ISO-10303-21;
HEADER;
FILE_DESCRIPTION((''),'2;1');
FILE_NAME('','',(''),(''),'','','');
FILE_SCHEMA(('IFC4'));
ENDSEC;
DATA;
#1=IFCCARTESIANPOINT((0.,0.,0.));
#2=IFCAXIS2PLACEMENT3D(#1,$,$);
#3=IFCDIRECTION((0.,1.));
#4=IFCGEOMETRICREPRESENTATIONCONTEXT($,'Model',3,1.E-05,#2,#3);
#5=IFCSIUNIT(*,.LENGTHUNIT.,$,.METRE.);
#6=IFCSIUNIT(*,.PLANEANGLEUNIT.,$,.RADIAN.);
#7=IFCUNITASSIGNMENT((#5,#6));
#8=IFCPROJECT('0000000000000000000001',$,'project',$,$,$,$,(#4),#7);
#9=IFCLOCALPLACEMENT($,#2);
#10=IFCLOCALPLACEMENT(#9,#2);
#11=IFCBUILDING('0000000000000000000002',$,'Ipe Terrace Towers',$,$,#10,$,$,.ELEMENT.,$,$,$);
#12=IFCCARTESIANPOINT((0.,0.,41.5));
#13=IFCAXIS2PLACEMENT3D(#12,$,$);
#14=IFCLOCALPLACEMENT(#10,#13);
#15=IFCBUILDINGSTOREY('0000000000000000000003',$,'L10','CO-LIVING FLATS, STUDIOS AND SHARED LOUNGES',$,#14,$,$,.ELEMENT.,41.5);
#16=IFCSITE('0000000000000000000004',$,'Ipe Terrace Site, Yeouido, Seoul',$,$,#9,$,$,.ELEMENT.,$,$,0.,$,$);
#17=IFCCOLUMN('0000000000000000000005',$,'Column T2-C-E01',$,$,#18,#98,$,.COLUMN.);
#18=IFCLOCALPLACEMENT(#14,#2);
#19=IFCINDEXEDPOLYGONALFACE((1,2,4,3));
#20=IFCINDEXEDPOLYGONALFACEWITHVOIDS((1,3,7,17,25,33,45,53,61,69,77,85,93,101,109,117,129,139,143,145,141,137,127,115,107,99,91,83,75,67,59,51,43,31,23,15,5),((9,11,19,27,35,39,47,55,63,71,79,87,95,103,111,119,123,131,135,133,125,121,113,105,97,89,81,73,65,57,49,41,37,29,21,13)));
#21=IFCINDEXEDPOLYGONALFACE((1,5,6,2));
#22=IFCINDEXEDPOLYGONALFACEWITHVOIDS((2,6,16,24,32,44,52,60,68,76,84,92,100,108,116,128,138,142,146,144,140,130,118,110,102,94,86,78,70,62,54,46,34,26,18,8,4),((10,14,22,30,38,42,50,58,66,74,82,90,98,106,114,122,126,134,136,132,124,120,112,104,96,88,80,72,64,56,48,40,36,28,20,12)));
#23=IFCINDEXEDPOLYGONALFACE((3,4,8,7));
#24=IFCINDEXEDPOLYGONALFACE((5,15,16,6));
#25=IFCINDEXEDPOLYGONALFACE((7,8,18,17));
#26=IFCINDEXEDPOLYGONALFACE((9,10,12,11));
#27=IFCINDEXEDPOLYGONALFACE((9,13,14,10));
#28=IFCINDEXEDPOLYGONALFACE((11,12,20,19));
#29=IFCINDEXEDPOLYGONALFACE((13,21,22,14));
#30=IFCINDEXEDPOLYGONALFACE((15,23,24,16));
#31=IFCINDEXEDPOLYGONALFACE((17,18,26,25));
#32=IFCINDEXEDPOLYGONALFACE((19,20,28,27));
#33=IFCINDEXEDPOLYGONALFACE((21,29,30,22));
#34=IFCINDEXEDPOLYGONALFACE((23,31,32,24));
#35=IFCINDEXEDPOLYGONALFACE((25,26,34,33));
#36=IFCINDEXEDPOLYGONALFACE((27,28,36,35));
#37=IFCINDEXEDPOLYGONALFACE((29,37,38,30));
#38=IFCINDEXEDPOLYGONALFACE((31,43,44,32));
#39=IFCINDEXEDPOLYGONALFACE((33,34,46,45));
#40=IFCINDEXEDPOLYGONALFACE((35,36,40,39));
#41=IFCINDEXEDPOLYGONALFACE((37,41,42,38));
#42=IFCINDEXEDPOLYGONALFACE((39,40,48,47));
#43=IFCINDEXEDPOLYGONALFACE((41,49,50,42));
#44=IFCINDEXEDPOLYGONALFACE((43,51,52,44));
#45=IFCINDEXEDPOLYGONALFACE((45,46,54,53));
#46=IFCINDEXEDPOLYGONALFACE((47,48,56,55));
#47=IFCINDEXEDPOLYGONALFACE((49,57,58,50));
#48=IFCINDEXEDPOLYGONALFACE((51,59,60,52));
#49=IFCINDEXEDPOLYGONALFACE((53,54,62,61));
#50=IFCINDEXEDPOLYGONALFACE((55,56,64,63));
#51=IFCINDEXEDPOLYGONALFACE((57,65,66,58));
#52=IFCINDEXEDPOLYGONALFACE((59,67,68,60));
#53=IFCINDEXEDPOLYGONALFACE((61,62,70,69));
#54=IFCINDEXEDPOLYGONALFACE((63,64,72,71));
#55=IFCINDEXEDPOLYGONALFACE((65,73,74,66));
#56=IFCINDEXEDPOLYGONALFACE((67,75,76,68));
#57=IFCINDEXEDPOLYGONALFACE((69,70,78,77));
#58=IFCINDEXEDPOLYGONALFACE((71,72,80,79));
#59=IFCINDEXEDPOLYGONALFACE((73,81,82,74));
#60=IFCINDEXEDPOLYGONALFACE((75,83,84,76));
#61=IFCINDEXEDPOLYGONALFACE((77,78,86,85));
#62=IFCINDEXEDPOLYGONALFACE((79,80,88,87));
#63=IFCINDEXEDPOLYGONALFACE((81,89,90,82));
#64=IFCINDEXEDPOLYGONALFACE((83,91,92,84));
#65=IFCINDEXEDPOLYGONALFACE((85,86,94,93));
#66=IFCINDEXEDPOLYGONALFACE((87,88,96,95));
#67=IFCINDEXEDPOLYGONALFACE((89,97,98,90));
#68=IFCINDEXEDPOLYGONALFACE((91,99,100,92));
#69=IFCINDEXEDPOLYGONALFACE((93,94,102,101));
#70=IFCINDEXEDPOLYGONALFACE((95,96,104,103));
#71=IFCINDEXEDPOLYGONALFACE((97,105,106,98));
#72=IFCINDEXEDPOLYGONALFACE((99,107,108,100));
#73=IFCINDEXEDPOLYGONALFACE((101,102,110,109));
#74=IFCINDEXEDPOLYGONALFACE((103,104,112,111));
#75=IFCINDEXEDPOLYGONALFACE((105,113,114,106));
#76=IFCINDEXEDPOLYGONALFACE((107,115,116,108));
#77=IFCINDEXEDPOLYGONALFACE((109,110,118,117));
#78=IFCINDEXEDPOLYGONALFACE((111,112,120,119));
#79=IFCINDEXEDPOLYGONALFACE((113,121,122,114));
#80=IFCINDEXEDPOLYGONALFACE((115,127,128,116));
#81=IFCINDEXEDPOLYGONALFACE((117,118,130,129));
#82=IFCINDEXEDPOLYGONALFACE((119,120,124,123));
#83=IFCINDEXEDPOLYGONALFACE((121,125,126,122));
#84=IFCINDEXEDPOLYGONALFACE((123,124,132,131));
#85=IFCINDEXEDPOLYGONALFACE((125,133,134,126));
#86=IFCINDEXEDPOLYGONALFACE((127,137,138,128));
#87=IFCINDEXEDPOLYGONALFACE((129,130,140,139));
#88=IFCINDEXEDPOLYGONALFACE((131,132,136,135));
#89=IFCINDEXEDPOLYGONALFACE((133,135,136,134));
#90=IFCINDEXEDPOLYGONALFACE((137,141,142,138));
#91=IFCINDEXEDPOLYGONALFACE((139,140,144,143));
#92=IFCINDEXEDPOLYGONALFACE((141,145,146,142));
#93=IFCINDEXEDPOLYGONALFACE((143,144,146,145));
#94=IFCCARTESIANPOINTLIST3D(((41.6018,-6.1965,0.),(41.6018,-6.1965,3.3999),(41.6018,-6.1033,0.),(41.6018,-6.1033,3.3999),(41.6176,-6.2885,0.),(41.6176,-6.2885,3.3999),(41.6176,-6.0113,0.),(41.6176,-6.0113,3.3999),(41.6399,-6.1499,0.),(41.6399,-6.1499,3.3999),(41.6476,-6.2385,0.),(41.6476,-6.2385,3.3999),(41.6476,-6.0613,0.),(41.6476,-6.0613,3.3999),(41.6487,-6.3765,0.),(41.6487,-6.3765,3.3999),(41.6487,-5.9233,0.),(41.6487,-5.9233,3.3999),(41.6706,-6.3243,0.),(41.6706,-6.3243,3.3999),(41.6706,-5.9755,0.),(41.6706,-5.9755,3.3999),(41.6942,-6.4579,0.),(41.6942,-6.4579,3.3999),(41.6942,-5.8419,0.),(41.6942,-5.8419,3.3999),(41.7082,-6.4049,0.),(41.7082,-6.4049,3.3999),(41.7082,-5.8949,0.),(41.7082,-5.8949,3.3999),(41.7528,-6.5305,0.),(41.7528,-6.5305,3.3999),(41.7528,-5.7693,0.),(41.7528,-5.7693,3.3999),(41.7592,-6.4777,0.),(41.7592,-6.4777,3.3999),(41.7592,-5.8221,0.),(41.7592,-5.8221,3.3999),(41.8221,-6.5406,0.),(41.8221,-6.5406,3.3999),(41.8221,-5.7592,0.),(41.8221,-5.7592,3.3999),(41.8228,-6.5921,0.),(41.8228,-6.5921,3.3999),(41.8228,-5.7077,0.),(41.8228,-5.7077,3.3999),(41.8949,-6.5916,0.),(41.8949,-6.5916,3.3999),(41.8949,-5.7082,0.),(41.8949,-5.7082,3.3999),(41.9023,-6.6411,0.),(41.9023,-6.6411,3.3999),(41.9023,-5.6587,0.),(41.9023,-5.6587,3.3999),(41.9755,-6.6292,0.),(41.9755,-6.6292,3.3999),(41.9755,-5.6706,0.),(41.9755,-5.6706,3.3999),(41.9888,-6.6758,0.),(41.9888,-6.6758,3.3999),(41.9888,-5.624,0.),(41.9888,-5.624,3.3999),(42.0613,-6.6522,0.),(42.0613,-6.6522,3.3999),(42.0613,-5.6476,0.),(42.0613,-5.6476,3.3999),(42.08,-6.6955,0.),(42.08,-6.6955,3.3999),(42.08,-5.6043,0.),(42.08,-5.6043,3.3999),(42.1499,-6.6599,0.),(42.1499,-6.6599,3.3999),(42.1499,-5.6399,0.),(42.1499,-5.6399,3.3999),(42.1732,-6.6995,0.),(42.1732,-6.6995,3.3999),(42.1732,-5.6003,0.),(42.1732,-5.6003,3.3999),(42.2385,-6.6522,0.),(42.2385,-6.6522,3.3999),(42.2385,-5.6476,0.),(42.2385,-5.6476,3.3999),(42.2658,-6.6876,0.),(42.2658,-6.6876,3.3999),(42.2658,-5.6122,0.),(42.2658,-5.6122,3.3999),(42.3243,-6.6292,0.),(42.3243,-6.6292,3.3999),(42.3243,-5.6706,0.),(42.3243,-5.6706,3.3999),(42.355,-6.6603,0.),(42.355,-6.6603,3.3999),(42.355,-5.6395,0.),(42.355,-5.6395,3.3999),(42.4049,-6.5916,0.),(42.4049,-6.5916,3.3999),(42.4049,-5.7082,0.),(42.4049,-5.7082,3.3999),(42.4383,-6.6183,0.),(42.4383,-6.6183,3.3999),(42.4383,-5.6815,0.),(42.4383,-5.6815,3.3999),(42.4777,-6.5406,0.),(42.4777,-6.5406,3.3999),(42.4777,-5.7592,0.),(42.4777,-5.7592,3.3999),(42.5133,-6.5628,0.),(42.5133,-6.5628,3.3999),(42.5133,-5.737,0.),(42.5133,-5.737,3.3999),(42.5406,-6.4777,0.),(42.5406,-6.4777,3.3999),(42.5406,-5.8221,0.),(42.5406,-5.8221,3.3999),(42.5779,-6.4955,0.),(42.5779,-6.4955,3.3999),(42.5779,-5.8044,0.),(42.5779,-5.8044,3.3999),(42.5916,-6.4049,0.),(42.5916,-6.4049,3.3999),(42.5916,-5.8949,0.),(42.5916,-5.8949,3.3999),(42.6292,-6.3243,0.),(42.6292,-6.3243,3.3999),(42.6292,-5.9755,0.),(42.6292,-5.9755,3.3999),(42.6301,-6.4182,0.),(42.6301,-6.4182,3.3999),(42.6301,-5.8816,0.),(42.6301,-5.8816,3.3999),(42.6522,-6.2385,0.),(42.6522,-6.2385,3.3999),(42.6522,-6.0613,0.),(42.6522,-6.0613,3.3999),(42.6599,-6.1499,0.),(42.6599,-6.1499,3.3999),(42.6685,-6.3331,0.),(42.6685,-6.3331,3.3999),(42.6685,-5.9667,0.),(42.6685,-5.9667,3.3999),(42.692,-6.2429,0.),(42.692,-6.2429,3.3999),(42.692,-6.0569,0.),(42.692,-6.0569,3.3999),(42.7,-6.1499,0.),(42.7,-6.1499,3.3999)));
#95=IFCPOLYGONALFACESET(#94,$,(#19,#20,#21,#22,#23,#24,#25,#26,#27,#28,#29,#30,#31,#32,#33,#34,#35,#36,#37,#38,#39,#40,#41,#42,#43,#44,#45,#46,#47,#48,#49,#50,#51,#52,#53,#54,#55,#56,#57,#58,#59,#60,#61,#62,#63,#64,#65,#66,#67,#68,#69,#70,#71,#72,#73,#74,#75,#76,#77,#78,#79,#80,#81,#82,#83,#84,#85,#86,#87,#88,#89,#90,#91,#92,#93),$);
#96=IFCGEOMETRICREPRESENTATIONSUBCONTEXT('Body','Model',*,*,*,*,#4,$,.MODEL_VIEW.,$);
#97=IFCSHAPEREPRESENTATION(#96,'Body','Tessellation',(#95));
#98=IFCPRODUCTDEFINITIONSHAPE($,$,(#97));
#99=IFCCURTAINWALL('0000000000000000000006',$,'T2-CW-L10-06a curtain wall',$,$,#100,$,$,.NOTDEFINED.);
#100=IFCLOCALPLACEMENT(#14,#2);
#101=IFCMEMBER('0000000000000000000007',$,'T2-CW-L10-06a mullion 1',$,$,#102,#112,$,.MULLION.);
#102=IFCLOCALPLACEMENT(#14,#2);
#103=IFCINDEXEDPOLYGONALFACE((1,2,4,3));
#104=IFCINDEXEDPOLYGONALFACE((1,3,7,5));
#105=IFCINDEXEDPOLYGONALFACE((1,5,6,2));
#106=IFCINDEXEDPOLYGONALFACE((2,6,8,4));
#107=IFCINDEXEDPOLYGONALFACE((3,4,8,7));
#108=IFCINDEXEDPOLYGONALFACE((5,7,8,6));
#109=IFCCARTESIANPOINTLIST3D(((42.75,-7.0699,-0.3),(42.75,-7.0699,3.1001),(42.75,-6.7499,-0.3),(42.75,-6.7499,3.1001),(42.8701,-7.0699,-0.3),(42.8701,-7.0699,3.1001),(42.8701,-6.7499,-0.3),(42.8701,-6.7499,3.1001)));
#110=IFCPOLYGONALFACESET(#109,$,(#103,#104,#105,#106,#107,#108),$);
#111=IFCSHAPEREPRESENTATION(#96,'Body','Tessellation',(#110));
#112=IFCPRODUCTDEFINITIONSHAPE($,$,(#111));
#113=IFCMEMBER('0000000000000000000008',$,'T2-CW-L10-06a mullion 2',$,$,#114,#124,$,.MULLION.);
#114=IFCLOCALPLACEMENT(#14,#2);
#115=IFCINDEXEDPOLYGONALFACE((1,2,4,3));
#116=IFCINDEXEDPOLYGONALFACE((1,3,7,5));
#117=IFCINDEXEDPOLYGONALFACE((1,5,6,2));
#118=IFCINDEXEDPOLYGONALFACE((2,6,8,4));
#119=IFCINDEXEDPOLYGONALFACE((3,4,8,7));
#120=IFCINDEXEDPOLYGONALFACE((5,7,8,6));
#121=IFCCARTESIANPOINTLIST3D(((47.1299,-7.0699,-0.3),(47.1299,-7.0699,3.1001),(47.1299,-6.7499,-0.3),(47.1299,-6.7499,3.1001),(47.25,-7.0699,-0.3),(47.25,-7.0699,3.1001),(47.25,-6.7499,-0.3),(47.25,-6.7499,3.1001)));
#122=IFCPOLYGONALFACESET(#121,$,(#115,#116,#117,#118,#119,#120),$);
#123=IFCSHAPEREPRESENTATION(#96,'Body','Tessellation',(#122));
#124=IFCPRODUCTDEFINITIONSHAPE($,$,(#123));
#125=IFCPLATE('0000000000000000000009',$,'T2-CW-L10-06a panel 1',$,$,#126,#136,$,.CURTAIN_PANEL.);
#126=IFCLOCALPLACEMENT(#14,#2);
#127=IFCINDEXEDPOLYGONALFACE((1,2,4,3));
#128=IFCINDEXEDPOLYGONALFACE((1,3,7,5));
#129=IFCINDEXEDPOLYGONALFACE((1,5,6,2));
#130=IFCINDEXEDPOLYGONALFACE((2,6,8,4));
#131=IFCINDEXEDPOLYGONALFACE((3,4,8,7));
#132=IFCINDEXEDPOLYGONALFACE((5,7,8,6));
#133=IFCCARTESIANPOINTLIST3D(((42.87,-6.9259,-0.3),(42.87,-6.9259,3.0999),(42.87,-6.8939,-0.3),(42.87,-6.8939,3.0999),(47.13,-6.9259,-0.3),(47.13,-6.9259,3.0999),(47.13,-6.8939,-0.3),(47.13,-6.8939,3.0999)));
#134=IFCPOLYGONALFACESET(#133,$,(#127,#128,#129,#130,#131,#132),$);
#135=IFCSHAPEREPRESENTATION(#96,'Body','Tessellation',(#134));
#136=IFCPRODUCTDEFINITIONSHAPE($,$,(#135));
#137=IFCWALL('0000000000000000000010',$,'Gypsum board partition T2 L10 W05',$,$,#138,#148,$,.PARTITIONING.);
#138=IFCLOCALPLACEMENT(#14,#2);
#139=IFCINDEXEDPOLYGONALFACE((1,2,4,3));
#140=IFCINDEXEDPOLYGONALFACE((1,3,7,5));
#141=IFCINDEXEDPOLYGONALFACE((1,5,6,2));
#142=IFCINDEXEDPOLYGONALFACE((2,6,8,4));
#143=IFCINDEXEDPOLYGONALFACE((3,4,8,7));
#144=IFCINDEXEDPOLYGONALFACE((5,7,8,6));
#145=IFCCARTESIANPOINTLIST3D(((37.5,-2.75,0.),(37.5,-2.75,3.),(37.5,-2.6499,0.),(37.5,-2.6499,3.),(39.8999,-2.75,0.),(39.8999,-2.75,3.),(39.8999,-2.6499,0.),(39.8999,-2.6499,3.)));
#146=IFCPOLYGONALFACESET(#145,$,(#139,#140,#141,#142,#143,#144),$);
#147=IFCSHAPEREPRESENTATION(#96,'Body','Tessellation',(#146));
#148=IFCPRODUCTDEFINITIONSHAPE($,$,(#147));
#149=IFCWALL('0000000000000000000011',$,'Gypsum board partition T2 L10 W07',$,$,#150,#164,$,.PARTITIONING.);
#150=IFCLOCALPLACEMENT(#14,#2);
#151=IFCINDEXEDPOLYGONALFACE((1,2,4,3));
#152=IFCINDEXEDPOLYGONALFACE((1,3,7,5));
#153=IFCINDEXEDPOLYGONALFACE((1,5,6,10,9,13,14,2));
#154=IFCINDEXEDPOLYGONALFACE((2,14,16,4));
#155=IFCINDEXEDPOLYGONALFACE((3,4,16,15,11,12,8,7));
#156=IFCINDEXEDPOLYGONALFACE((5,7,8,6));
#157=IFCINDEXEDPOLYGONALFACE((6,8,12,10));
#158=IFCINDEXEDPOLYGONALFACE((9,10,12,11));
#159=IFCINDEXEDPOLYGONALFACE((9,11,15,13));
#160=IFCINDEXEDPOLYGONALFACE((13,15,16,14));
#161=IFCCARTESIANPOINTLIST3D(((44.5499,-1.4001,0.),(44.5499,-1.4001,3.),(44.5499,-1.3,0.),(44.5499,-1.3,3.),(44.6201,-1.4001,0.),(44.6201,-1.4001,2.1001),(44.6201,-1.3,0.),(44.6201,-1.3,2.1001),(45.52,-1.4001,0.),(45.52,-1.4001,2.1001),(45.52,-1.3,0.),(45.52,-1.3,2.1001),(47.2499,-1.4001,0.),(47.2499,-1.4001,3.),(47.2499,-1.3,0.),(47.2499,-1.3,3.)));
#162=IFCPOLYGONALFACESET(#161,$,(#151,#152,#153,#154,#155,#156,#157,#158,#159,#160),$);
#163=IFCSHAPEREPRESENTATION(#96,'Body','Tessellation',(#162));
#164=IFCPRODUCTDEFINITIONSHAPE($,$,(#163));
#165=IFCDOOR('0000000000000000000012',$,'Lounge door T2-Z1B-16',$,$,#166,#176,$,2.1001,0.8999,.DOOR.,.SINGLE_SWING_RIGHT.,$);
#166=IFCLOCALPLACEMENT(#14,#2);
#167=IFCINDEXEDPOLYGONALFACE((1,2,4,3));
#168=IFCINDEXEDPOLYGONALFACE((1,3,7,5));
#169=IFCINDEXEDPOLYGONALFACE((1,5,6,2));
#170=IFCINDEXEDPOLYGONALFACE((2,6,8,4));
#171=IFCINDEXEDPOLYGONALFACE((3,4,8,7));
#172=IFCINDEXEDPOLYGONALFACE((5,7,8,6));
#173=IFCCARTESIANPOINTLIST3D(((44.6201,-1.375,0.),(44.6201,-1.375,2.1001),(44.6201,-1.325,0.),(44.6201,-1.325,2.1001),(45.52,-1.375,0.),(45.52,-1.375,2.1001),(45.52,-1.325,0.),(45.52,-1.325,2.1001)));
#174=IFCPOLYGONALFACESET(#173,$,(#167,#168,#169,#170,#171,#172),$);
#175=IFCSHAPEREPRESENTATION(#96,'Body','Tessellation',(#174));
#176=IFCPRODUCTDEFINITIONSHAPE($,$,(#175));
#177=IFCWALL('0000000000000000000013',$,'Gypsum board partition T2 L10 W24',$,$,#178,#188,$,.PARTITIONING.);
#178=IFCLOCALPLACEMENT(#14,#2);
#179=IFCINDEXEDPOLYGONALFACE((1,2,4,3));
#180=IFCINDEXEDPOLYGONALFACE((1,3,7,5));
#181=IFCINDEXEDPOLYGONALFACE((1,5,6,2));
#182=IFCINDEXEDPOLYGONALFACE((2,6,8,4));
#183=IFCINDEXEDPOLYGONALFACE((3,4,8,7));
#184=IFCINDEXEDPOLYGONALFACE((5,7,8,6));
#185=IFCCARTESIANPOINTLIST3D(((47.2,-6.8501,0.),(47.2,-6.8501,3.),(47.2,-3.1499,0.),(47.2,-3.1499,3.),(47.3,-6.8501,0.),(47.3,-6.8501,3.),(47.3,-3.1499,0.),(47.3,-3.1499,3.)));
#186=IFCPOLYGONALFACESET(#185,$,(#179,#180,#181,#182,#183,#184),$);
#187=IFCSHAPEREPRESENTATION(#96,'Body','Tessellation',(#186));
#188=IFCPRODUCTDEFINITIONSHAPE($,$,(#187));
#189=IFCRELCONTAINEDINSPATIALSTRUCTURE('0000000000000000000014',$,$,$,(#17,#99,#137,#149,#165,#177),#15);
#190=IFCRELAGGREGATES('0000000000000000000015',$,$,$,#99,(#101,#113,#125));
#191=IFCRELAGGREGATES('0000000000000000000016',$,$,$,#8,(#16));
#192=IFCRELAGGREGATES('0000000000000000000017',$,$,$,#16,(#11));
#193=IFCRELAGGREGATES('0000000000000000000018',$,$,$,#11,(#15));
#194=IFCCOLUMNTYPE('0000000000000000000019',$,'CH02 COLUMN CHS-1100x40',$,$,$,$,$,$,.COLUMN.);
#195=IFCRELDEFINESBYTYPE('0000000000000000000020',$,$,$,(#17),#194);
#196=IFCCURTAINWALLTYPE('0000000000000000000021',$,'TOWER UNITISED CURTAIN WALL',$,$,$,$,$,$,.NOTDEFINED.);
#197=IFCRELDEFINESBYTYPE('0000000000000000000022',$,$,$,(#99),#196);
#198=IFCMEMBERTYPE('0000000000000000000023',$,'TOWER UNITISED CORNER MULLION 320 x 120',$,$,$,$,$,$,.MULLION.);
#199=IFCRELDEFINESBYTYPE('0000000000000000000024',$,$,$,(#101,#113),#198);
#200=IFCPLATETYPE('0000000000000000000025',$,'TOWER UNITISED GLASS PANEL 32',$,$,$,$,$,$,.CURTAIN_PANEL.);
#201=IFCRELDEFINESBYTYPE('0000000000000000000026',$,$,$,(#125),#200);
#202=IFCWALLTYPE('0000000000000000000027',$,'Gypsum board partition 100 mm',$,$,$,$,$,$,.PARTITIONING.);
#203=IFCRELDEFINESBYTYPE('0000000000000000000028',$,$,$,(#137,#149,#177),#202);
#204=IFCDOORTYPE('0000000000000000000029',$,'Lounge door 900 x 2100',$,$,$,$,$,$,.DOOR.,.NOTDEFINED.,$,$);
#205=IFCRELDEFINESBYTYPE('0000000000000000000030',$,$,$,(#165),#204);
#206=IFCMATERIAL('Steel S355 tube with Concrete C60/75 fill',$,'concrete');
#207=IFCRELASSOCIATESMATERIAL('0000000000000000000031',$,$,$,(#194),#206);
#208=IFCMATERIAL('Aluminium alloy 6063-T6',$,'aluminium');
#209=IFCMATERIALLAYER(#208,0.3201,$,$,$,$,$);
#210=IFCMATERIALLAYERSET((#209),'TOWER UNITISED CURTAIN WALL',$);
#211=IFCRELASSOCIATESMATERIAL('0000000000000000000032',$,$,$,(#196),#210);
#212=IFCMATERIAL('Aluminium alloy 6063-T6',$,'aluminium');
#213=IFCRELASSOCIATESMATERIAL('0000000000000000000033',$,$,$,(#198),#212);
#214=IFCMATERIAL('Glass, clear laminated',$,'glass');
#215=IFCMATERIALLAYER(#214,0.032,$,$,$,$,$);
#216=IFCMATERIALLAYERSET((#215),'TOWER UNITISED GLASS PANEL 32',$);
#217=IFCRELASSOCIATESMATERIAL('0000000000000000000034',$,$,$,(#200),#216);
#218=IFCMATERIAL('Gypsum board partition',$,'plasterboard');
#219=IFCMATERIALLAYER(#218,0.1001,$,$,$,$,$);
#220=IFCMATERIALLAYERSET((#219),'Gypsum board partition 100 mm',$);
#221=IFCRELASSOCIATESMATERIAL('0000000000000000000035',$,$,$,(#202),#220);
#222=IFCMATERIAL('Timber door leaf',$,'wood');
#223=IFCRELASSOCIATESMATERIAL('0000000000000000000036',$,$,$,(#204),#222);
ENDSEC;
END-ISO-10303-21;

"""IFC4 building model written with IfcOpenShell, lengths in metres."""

from ifc_helpers import new_model, si_unit, direction, frame, frame_2d, origin, origin_2d, place, context, subcontext, project, spatial, rectangle, hollow_circle, extrude, material, layer, layer_set, material_profile, profile_set, type_object, element, fill, aggregate, save


model = new_model("IFC4")

# Units and contexts
model_context = context("Model", 3, precision=1e-05, world=origin(), true_north=direction((0.0, 1.0)))
body_context = subcontext(model_context, "Body", "Model", "MODEL_VIEW")
ifc_project = project(units=[si_unit("LENGTHUNIT", "METRE"), si_unit("PLANEANGLEUNIT", "RADIAN")], contexts=[model_context])

# Site, building, storey
site_placement = place(None, origin())
site = spatial("IfcSite", under=ifc_project, at=site_placement, Name="Ipe Terrace Site, Yeouido, Seoul", CompositionType="ELEMENT", RefElevation=0.0)
building_placement = place(site_placement, origin())
building = spatial("IfcBuilding", under=site, at=building_placement, Name="Ipe Terrace Towers", CompositionType="ELEMENT")
storey_placement = place(building_placement, frame((0.0, 0.0, 41.5)))
storey = spatial("IfcBuildingStorey", under=building, at=storey_placement, Name="L10", Description="CO-LIVING FLATS, STUDIOS AND SHARED LOUNGES", CompositionType="ELEMENT", Elevation=41.5)

# Column
ifc_material_1 = material(Name="Steel S355 tube with Concrete C60/75 fill", Category="concrete")
ifc_material_profile_1 = material_profile(ifc_material_1, hollow_circle(Radius=0.55, WallThickness=0.04, at=origin_2d()), Name="CHS-1100x40")
ifc_profile_set_1 = profile_set([ifc_material_profile_1], Name="Steel S355 tube with Concrete C60/75 fill")
column_type = type_object("IfcColumnType", Name="CH02 COLUMN CHS-1100x40", PredefinedType="COLUMN", material=ifc_profile_set_1)
column_placement = place(storey_placement, frame((42.1499, -6.1499, 0.0), z_axis=(0.0, 0.0, 1.0), x_axis=(1.0, 0.0, 0.0)))
element("IfcColumn", 1, at=column_placement, inside=storey, type_object=column_type, Name="Column T2-C-E01", PredefinedType="COLUMN", context=body_context, shape_type="SweptSolid", body=[
    extrude(hollow_circle(Radius=0.55, WallThickness=0.04, at=origin_2d()), origin(), (0.0, 0.0, 1.0), 3.3999),
])

# Curtain wall, members, plate
ifc_material_2 = material(Name="Aluminium alloy 6063-T6", Category="aluminium")
ifc_layer_1 = layer(ifc_material_2, 0.3201)
ifc_layer_set_1 = layer_set([ifc_layer_1], Name="TOWER UNITISED CURTAIN WALL")
curtain_wall_type = type_object("IfcCurtainWallType", Name="TOWER UNITISED CURTAIN WALL", PredefinedType="NOTDEFINED", material=ifc_layer_set_1)
curtain_wall_placement = place(storey_placement, origin())
curtain_wall = element("IfcCurtainWall", 2, at=curtain_wall_placement, inside=storey, type_object=curtain_wall_type, Name="T2-CW-L10-06a curtain wall", PredefinedType="NOTDEFINED")
ifc_material_3 = material(Name="Aluminium alloy 6063-T6", Category="aluminium")
ifc_material_profile_2 = material_profile(ifc_material_3, rectangle(XDim=0.3201, YDim=0.1201, at=origin_2d()), Name="TOWER UNITISED CORNER MULLION 320 x 120")
ifc_profile_set_2 = profile_set([ifc_material_profile_2], Name="Aluminium alloy 6063-T6")
member_type = type_object("IfcMemberType", Name="TOWER UNITISED CORNER MULLION 320 x 120", PredefinedType="MULLION", material=ifc_profile_set_2)
member_1_placement = place(storey_placement, frame((42.8101, -6.9099, -0.3), z_axis=(0.0, 0.0, 1.0), x_axis=(0.0, -1.0, 0.0)))
member_1 = element("IfcMember", 3, at=member_1_placement, type_object=member_type, Name="T2-CW-L10-06a mullion 1", PredefinedType="MULLION", context=body_context, shape_type="SweptSolid", body=[
    extrude(rectangle(XDim=0.3201, YDim=0.1201, at=origin_2d()), origin(), (0.0, 0.0, 1.0), 3.4001),
])
member_2_placement = place(storey_placement, frame((47.1899, -6.9099, -0.3), z_axis=(0.0, 0.0, 1.0), x_axis=(0.0, -1.0, 0.0)))
member_2 = element("IfcMember", 4, at=member_2_placement, type_object=member_type, Name="T2-CW-L10-06a mullion 2", PredefinedType="MULLION", context=body_context, shape_type="SweptSolid", body=[
    extrude(rectangle(XDim=0.3201, YDim=0.1201, at=origin_2d()), origin(), (0.0, 0.0, 1.0), 3.4001),
])
ifc_material_4 = material(Name="Glass, clear laminated", Category="glass")
ifc_layer_2 = layer(ifc_material_4, 0.032)
ifc_layer_set_2 = layer_set([ifc_layer_2], Name="TOWER UNITISED GLASS PANEL 32")
plate_type = type_object("IfcPlateType", Name="TOWER UNITISED GLASS PANEL 32", PredefinedType="CURTAIN_PANEL", material=ifc_layer_set_2)
plate_placement = place(storey_placement, frame((45.0, -6.9099, -0.3), z_axis=(0.0, 0.0, 1.0), x_axis=(1.0, 0.0, 0.0)))
plate = element("IfcPlate", 5, at=plate_placement, type_object=plate_type, Name="T2-CW-L10-06a panel 1", PredefinedType="CURTAIN_PANEL", context=body_context, shape_type="SweptSolid", body=[
    extrude(rectangle(XDim=4.26, YDim=0.032, at=origin_2d()), origin(), (0.0, 0.0, 1.0), 3.3999),
])
aggregate(curtain_wall, [member_1, member_2, plate])

# Wall
ifc_material_5 = material(Name="Gypsum board partition", Category="plasterboard")
ifc_layer_3 = layer(ifc_material_5, 0.1001)
ifc_layer_set_3 = layer_set([ifc_layer_3], Name="Gypsum board partition 100 mm")
wall_type = type_object("IfcWallType", Name="Gypsum board partition 100 mm", PredefinedType="PARTITIONING", material=ifc_layer_set_3)
wall_1_placement = place(storey_placement, frame((39.8999, -2.7, 0.0), z_axis=(0.0, 0.0, 1.0), x_axis=(-1.0, 0.0, 0.0)))
element("IfcWall", 6, at=wall_1_placement, inside=storey, type_object=wall_type, Name="Gypsum board partition T2 L10 W05", PredefinedType="PARTITIONING", context=body_context, shape_type="SweptSolid", body=[
    extrude(rectangle(XDim=2.3999, YDim=0.1001, at=frame_2d((1.2, 0.0))), origin(), (0.0, 0.0, 1.0), 3.0),
])

# Wall, opening, door
wall_2_placement = place(storey_placement, frame((47.25, -1.3501, 0.0), z_axis=(0.0, 0.0, 1.0), x_axis=(-1.0, 0.0, 0.0)))
wall_2 = element("IfcWall", 7, at=wall_2_placement, inside=storey, type_object=wall_type, Name="Gypsum board partition T2 L10 W07", PredefinedType="PARTITIONING", context=body_context, shape_type="SweptSolid", body=[
    extrude(rectangle(XDim=2.7, YDim=0.1001, at=frame_2d((1.3501, 0.0))), origin(), (0.0, 0.0, 1.0), 3.0),
])
opening_1_placement = place(wall_2_placement, frame((1.73, 0.0, 0.0)))
opening_1 = element("IfcOpeningElement", 8, at=opening_1_placement, cuts=wall_2, PredefinedType="OPENING", context=body_context, shape_type="SweptSolid", body=[
    extrude(rectangle(XDim=0.8999, YDim=2.1001, at=frame_2d((0.45, 1.05))), frame((0.0, 0.0601, 0.0), z_axis=(0.0, -1.0, 0.0), x_axis=(1.0, 0.0, 0.0)), (0.0, 0.0, 1.0), 0.1201),
])
ifc_material_6 = material(Name="Timber door leaf", Category="wood")
door_type = type_object("IfcDoorType", Name="Lounge door 900 x 2100", OperationType="NOTDEFINED", PredefinedType="DOOR", material=ifc_material_6)
door_1_placement = place(opening_1_placement, origin())
door_1 = element("IfcDoor", 9, at=door_1_placement, inside=storey, type_object=door_type, Name="Lounge door T2-Z1B-16", OperationType="SINGLE_SWING_RIGHT", OverallHeight=2.1001, OverallWidth=0.8999, PredefinedType="DOOR", context=body_context, shape_type="SweptSolid", body=[
    extrude(rectangle(XDim=0.8999, YDim=2.1001, at=frame_2d((0.45, 1.05))), frame((0.0, 0.0249, 0.0), z_axis=(0.0, -1.0, 0.0), x_axis=(1.0, 0.0, 0.0)), (0.0, 0.0, 1.0), 0.05),
])
fill(opening_1, door_1)

# Wall
wall_3_placement = place(storey_placement, frame((47.25, -6.8501, 0.0), z_axis=(0.0, 0.0, 1.0), x_axis=(0.0, 1.0, 0.0)))
element("IfcWall", 10, at=wall_3_placement, inside=storey, type_object=wall_type, Name="Gypsum board partition T2 L10 W24", PredefinedType="PARTITIONING", context=body_context, shape_type="SweptSolid", body=[
    extrude(rectangle(XDim=3.7002, YDim=0.1001, at=frame_2d((1.8501, 0.0))), origin(), (0.0, 0.0, 1.0), 3.0),
])

save(model, "model.ifc")
